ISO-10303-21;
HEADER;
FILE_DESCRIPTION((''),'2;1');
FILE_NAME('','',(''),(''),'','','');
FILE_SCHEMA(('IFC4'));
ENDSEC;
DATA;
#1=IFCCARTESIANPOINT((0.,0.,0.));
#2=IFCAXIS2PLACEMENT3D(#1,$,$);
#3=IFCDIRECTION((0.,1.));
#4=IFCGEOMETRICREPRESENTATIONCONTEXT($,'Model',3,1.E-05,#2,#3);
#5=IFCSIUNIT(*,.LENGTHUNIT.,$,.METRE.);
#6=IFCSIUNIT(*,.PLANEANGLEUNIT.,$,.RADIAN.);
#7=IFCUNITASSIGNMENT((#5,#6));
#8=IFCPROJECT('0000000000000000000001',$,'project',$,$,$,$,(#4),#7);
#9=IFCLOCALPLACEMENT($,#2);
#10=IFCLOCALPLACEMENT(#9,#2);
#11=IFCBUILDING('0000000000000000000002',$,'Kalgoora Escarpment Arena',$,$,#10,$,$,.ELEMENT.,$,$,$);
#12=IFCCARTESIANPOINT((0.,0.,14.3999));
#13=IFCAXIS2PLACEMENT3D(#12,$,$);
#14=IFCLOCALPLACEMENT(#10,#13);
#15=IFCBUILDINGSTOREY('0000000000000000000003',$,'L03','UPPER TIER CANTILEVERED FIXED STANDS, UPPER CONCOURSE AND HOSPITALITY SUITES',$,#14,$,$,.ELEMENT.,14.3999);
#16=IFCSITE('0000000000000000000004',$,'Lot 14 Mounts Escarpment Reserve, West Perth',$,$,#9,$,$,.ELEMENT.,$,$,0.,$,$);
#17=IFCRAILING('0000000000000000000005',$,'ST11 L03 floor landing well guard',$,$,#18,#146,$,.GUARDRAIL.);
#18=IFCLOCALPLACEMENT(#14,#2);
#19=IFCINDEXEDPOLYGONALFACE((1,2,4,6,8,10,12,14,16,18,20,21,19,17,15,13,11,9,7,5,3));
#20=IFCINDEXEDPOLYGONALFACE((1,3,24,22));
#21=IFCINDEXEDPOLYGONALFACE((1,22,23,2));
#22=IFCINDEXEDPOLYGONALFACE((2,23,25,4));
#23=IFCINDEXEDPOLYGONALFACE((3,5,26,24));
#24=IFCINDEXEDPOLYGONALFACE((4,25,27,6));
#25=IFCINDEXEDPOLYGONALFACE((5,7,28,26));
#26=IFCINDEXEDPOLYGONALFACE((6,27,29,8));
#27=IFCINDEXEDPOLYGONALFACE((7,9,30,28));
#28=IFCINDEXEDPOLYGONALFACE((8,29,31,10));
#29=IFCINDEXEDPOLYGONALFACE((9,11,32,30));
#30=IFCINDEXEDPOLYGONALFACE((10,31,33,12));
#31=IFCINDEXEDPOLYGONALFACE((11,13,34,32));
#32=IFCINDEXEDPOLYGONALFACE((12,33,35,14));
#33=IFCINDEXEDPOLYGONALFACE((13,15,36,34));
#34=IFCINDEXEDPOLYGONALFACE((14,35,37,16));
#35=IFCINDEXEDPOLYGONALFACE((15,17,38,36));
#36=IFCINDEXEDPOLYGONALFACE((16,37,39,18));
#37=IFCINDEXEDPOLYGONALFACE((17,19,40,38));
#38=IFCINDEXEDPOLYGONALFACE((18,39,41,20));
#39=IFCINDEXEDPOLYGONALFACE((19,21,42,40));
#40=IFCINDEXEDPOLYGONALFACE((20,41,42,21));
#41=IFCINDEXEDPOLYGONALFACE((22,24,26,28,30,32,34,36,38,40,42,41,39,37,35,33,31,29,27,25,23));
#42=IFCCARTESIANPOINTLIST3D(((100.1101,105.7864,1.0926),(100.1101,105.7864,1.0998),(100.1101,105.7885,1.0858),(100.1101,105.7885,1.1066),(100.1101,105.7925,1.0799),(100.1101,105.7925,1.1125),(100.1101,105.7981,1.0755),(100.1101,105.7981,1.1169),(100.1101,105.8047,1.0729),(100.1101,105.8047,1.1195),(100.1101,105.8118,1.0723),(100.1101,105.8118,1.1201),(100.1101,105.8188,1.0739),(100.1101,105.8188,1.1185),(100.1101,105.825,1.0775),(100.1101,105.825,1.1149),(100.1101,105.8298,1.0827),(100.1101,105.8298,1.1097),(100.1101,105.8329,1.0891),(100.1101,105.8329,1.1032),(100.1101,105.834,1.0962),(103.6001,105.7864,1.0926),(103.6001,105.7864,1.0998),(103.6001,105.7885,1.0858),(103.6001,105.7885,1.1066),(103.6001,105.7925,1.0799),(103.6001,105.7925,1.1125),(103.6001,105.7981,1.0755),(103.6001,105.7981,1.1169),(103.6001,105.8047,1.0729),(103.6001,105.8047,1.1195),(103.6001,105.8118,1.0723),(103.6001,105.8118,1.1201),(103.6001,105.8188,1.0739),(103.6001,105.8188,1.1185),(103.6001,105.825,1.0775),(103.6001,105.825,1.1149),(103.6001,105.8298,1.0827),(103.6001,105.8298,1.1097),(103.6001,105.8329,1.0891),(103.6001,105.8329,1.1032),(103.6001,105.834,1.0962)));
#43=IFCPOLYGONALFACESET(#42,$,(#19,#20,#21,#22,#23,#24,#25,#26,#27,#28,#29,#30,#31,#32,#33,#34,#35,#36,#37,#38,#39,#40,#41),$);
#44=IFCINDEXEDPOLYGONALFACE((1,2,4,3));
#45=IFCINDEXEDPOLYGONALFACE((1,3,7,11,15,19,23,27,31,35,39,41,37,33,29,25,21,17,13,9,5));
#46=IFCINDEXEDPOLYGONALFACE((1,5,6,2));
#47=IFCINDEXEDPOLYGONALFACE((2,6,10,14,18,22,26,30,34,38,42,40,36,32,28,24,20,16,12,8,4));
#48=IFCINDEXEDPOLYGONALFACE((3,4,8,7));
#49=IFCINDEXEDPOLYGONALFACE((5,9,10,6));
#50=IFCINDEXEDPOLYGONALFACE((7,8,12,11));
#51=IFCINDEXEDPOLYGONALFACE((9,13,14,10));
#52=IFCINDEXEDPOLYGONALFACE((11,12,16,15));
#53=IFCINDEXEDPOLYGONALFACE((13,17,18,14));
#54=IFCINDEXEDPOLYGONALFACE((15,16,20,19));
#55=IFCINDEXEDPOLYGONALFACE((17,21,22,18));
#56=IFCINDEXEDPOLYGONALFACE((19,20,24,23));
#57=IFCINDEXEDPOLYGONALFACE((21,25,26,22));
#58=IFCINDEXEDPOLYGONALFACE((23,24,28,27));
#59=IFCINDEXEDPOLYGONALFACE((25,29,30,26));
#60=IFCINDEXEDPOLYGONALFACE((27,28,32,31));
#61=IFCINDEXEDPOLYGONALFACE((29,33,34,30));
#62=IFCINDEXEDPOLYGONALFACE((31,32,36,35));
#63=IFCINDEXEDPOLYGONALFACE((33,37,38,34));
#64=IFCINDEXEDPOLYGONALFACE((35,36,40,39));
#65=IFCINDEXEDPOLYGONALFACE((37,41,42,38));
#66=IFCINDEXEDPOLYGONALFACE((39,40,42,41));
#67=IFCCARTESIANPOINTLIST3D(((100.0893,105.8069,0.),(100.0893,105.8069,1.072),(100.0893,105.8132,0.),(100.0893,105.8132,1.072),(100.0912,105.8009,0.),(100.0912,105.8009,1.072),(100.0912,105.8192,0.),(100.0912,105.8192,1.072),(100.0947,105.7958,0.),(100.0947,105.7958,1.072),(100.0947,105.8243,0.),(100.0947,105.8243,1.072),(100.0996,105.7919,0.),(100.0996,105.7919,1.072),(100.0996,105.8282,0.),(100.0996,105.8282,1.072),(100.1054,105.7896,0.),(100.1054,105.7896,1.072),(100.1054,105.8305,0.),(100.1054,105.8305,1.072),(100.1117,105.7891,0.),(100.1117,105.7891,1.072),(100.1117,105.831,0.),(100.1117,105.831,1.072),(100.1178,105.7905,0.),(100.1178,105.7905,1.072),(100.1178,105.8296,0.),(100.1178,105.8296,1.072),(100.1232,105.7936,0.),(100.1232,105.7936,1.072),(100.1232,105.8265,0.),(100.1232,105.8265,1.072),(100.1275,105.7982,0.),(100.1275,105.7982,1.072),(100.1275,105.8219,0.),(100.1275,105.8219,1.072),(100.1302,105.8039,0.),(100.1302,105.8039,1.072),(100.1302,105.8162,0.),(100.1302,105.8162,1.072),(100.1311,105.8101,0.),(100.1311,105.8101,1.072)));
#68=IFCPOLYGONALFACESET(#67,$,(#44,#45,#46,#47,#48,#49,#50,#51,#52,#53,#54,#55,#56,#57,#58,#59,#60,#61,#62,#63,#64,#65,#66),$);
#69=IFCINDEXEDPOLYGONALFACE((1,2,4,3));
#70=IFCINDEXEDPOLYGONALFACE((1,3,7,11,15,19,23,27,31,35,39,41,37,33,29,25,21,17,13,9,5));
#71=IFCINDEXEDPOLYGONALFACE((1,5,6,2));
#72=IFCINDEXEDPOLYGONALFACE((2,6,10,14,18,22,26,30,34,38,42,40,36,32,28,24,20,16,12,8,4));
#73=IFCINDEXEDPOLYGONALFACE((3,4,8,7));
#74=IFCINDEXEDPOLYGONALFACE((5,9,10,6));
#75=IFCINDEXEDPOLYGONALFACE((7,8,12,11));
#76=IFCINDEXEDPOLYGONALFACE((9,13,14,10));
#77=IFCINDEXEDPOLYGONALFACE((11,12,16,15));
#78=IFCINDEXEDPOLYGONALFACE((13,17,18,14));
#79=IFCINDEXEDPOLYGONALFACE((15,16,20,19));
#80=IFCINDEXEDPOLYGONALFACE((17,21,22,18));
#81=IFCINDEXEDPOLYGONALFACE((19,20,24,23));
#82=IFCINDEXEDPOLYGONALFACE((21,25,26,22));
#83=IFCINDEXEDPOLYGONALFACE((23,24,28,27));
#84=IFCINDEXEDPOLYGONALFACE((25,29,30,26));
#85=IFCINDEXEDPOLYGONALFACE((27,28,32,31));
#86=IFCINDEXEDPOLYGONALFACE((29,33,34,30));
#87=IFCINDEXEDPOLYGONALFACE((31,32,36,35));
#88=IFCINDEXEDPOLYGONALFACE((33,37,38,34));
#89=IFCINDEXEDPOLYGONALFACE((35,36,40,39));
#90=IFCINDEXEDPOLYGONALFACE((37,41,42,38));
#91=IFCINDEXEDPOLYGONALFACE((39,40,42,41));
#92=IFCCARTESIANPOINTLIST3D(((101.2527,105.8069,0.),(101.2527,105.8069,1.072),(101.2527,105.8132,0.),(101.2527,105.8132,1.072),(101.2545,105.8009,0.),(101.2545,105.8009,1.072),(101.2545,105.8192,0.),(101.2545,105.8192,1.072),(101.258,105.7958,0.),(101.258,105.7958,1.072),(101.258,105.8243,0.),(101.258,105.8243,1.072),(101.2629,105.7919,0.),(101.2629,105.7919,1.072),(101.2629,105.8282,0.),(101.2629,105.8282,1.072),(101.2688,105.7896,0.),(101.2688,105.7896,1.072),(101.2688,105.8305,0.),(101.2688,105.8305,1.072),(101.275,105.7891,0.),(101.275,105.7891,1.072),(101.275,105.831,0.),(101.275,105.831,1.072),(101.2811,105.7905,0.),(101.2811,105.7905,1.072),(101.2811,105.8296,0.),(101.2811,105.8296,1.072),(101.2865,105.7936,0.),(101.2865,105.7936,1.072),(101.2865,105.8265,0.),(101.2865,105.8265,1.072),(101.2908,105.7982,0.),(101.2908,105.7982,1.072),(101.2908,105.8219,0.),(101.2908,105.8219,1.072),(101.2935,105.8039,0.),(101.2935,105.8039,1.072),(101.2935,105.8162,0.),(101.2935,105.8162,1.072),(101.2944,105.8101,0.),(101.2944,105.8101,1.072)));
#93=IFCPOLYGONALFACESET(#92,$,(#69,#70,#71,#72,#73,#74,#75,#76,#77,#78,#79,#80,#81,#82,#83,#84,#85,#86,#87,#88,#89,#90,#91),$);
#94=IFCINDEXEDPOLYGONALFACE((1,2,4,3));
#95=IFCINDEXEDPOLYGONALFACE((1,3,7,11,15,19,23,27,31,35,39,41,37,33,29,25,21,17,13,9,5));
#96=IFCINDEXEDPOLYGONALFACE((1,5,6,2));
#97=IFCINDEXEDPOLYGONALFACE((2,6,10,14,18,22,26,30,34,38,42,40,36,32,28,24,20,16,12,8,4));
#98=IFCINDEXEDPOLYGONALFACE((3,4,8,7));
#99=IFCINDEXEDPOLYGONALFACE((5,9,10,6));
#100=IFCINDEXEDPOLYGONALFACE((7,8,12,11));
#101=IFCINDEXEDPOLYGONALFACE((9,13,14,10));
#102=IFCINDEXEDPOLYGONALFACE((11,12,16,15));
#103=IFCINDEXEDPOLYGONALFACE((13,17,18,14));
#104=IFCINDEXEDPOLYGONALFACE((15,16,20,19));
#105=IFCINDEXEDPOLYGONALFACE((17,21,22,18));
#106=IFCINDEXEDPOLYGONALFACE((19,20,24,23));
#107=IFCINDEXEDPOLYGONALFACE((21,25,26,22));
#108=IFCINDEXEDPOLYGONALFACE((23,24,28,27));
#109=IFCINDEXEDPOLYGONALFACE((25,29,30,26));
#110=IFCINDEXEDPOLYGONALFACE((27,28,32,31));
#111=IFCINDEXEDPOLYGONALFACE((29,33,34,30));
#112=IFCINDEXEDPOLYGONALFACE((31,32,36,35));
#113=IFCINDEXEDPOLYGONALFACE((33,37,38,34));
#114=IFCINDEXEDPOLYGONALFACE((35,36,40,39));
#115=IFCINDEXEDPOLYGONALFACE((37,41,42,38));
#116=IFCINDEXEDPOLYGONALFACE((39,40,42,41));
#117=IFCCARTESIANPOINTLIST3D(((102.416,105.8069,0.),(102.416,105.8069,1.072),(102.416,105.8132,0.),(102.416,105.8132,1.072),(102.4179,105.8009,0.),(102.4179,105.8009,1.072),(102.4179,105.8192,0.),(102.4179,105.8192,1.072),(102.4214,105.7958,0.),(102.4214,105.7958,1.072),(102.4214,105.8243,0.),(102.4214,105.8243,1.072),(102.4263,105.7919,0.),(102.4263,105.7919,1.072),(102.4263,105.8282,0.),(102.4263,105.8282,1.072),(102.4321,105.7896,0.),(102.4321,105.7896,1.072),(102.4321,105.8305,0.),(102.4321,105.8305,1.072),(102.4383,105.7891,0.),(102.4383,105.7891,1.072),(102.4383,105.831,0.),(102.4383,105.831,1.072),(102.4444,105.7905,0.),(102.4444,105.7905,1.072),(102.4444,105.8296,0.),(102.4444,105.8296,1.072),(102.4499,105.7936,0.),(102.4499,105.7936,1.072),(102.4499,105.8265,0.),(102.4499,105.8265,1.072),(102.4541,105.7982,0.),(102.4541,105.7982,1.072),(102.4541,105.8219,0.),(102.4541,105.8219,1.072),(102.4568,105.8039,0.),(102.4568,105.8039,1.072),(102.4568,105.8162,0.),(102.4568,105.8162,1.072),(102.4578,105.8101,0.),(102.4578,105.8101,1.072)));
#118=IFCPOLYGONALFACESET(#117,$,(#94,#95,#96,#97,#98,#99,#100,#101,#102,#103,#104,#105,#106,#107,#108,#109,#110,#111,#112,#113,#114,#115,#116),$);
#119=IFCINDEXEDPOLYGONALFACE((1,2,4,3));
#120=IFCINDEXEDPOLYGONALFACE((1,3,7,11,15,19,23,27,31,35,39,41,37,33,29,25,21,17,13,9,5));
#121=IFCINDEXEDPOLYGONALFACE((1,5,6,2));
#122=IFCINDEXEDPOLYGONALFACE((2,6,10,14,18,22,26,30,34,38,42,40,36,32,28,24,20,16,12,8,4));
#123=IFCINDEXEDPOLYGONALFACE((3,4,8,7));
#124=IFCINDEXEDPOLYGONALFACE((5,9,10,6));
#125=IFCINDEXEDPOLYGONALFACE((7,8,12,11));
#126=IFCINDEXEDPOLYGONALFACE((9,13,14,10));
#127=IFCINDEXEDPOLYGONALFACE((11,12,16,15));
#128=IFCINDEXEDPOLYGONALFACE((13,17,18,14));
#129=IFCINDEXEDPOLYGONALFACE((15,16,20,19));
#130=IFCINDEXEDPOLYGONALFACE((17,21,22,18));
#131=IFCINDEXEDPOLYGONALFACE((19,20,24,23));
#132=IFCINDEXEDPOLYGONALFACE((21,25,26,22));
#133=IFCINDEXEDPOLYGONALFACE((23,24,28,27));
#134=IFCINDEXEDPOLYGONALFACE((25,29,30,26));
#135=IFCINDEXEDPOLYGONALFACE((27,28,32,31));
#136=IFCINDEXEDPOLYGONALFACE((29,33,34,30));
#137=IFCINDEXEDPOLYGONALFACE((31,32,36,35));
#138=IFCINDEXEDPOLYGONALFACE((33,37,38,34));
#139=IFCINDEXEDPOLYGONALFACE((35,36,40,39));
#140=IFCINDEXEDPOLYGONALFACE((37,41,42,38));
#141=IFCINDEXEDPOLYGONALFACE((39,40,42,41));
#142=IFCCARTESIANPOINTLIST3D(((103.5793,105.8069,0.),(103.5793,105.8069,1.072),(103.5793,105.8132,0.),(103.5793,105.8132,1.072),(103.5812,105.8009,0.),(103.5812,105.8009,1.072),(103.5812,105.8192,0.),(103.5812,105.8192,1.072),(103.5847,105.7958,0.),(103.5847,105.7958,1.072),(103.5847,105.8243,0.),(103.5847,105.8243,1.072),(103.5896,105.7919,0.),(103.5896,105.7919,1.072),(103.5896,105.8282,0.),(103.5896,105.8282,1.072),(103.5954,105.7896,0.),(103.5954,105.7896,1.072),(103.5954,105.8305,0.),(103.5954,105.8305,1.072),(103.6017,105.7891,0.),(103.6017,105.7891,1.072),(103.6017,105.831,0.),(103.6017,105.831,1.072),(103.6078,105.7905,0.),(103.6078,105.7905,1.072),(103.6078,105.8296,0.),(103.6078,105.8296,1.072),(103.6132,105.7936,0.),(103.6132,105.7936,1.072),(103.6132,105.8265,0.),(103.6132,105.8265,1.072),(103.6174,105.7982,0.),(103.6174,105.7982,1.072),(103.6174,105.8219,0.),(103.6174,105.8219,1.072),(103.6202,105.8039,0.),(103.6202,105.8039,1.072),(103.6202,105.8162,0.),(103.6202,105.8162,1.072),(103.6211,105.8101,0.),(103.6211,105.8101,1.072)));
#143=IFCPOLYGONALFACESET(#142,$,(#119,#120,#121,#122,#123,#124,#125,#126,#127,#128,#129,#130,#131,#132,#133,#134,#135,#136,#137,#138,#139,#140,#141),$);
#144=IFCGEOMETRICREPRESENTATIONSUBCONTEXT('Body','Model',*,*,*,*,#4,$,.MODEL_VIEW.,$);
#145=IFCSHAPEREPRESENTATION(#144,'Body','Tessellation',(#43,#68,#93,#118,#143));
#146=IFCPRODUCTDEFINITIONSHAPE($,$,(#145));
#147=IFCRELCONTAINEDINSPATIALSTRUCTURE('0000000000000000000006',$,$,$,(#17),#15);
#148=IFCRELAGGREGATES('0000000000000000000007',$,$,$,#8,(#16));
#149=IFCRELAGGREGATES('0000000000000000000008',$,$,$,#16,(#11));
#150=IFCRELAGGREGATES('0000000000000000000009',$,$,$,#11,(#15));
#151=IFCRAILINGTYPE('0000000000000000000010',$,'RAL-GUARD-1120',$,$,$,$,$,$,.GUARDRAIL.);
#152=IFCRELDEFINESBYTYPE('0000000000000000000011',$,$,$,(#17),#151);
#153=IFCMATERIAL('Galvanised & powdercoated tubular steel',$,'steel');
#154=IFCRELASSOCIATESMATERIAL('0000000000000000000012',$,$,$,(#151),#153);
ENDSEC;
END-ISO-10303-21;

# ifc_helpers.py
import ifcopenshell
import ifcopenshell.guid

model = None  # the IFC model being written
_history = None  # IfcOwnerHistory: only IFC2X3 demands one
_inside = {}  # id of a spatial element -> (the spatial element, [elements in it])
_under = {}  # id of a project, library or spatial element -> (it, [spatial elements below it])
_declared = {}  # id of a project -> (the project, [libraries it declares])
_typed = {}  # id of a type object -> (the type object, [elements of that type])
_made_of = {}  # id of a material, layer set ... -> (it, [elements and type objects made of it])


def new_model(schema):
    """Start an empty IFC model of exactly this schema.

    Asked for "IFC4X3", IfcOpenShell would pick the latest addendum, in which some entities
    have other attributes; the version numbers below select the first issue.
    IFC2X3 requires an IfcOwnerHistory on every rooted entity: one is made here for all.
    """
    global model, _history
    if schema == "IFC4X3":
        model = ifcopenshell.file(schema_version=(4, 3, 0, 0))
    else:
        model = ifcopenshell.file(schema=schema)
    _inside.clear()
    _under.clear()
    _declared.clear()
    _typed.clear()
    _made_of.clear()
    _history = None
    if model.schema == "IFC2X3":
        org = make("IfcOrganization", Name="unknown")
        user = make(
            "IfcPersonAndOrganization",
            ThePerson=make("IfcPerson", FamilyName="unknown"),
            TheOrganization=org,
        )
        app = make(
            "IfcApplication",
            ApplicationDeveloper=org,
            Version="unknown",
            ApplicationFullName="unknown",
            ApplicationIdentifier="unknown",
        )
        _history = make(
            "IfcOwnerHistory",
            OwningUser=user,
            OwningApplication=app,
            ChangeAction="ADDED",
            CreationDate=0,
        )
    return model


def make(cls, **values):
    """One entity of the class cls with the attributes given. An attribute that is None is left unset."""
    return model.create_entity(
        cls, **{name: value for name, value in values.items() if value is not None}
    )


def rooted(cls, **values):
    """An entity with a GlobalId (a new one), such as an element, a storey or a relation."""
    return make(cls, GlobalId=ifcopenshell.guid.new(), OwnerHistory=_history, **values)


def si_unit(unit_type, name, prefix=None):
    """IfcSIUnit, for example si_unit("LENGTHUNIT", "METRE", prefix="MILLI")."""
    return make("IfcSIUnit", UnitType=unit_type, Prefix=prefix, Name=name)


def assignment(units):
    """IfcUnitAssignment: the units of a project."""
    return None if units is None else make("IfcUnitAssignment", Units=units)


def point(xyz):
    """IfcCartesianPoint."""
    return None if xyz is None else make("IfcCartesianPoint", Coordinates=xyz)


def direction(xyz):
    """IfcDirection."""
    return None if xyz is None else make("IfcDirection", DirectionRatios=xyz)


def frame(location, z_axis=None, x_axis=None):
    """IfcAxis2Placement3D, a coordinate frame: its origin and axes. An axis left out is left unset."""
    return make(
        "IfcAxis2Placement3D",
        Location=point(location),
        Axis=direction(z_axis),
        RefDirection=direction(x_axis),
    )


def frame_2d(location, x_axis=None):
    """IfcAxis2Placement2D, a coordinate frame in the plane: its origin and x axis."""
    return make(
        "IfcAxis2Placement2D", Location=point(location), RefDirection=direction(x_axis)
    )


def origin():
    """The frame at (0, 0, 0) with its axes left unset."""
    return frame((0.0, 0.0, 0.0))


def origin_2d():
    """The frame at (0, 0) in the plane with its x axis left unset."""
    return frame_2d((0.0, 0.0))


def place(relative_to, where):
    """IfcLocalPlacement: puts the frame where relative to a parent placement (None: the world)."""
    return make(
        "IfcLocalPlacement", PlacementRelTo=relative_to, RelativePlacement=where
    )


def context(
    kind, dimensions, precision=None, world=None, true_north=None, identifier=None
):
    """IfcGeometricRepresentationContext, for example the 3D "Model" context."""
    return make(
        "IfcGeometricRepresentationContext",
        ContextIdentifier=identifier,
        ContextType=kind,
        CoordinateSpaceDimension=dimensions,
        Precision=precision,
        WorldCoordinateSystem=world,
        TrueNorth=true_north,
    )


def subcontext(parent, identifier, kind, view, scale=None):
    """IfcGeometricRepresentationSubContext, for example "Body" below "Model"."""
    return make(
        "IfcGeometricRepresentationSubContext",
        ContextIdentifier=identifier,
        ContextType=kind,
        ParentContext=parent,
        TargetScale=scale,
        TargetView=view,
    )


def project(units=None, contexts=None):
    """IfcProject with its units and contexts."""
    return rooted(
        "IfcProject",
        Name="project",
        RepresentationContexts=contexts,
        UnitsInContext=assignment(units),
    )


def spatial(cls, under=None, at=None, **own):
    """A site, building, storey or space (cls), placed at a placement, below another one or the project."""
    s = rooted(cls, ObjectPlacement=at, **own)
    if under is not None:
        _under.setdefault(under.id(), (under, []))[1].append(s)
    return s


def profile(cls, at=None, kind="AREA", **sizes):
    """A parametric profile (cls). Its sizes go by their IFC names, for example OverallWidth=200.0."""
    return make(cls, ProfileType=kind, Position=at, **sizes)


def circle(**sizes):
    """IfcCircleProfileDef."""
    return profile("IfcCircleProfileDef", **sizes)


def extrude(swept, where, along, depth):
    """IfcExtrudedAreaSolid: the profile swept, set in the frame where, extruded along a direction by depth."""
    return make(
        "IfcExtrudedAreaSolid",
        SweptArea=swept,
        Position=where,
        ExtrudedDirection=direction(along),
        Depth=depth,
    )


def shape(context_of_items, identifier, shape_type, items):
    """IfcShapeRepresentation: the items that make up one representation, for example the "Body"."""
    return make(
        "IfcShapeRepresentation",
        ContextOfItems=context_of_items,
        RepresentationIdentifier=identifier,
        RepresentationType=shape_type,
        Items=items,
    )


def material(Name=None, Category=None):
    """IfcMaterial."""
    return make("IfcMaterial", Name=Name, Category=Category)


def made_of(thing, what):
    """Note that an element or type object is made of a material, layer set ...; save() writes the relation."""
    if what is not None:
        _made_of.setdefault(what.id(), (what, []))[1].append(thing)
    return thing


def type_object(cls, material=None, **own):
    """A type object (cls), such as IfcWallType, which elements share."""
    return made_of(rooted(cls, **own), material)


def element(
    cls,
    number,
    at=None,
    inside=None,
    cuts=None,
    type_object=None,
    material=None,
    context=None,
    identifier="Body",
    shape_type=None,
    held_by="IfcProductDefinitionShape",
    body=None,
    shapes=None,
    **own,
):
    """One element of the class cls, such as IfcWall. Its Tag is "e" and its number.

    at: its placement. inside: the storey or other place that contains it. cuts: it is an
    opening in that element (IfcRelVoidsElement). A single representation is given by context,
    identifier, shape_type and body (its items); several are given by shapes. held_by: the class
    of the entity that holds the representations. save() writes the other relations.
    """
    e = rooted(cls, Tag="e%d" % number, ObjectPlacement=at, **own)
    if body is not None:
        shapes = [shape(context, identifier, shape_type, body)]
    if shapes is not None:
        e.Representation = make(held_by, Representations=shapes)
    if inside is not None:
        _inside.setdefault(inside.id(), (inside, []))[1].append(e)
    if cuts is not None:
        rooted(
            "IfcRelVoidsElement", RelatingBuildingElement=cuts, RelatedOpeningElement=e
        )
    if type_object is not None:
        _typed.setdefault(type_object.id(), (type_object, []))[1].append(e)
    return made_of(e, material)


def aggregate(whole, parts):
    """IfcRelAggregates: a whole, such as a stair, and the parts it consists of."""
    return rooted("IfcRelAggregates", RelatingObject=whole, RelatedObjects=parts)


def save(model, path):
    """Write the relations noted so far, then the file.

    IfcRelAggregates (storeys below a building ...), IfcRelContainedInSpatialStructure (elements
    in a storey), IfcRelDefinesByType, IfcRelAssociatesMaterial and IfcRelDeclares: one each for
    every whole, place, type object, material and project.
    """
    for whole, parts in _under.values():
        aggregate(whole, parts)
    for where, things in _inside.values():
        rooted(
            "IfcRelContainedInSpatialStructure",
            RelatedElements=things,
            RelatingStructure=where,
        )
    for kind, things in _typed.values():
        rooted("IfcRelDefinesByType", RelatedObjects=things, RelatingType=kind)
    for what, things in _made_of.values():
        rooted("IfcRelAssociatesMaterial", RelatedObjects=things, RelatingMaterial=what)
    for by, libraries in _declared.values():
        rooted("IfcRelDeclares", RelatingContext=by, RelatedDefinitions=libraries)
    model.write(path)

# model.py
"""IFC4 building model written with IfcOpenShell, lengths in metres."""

from ifc_helpers import new_model, si_unit, direction, frame, origin, origin_2d, place, context, subcontext, project, spatial, circle, extrude, material, type_object, element, save


model = new_model("IFC4")

# Units and contexts
model_context = context("Model", 3, precision=1e-05, world=origin(), true_north=direction((0.0, 1.0)))
body_context = subcontext(model_context, "Body", "Model", "MODEL_VIEW")
ifc_project = project(units=[si_unit("LENGTHUNIT", "METRE"), si_unit("PLANEANGLEUNIT", "RADIAN")], contexts=[model_context])

# Site, building, storey
site_placement = place(None, origin())
site = spatial("IfcSite", under=ifc_project, at=site_placement, Name="Lot 14 Mounts Escarpment Reserve, West Perth", CompositionType="ELEMENT", RefElevation=0.0)
building_placement = place(site_placement, origin())
building = spatial("IfcBuilding", under=site, at=building_placement, Name="Kalgoora Escarpment Arena", CompositionType="ELEMENT")
storey_placement = place(building_placement, frame((0.0, 0.0, 14.3999)))
storey = spatial("IfcBuildingStorey", under=building, at=storey_placement, Name="L03", Description="UPPER TIER CANTILEVERED FIXED STANDS, UPPER CONCOURSE AND HOSPITALITY SUITES", CompositionType="ELEMENT", Elevation=14.3999)

# Railing
ifc_material_1 = material(Name="Galvanised & powdercoated tubular steel", Category="steel")
railing_type_1 = type_object("IfcRailingType", Name="RAL-GUARD-1120", PredefinedType="GUARDRAIL", material=ifc_material_1)
railing_1_placement = place(storey_placement, frame((100.1101, 105.8101, 0.0)))
element("IfcRailing", 1, at=railing_1_placement, inside=storey, type_object=railing_type_1, Name="ST11 L03 floor landing well guard", PredefinedType="GUARDRAIL", context=body_context, shape_type="SweptSolid", body=[
    extrude(circle(Radius=0.0239, at=origin_2d()), frame((0.0, 0.0, 1.0962), z_axis=(1.0, 0.0, 0.0), x_axis=(0.0, 1.0, 0.0)), (0.0, 0.0, 1.0), 3.49),
    extrude(circle(Radius=0.021, at=origin_2d()), origin(), (0.0, 0.0, 1.0), 1.072),
    extrude(circle(Radius=0.021, at=origin_2d()), frame((1.1633, 0.0, 0.0)), (0.0, 0.0, 1.0), 1.072),
    extrude(circle(Radius=0.021, at=origin_2d()), frame((2.3267, 0.0, 0.0)), (0.0, 0.0, 1.0), 1.072),
    extrude(circle(Radius=0.021, at=origin_2d()), frame((3.49, 0.0, 0.0)), (0.0, 0.0, 1.0), 1.072),
])

save(model, "model.ifc")
